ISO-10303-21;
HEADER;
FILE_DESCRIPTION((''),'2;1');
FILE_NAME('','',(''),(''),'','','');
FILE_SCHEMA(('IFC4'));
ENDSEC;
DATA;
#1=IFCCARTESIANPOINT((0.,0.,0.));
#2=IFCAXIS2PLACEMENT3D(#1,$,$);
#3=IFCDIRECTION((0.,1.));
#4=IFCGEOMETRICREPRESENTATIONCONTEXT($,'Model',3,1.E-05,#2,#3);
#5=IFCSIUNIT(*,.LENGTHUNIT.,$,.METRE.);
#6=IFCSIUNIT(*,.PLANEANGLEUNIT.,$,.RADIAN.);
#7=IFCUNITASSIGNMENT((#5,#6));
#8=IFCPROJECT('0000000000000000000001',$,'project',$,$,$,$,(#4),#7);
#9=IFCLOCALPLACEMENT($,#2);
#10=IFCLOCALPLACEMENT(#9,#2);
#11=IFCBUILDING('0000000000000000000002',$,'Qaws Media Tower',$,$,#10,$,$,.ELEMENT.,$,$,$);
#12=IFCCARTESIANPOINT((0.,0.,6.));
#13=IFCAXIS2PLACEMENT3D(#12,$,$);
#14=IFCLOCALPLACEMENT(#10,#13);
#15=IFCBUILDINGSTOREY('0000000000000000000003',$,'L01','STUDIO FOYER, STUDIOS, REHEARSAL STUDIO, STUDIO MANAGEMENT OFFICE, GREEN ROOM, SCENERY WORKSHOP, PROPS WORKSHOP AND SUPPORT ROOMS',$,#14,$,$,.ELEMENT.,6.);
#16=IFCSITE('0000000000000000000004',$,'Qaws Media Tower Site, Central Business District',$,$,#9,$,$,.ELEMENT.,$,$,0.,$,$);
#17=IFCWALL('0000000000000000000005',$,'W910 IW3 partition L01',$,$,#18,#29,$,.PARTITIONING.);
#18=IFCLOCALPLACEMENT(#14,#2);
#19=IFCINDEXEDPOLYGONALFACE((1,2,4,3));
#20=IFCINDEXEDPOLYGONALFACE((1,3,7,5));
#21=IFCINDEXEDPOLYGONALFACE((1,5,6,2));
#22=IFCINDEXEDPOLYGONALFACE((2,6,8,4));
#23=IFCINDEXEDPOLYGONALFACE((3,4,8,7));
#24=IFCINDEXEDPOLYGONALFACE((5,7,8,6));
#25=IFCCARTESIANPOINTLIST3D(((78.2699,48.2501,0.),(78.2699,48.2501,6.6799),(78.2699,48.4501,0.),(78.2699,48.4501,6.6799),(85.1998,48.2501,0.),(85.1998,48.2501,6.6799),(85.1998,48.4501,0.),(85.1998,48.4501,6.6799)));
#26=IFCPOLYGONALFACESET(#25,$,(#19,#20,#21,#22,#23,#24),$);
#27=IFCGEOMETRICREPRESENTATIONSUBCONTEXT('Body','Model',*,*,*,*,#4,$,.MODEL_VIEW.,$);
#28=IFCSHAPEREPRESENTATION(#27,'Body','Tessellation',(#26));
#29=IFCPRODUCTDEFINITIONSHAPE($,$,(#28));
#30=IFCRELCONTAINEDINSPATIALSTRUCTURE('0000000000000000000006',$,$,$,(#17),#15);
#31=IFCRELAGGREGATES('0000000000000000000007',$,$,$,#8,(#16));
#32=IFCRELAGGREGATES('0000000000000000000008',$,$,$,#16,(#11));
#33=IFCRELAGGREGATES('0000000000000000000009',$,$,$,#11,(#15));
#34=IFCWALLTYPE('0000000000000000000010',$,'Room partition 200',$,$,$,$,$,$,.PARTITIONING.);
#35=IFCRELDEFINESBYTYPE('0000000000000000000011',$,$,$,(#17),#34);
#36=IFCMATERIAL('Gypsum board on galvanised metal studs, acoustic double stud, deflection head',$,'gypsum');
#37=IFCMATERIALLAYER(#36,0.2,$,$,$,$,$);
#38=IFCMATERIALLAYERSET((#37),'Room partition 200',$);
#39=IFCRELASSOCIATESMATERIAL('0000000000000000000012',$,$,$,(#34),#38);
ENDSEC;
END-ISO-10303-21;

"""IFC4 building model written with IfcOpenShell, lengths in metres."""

from ifc_helpers import new_model, si_unit, direction, frame, frame_2d, origin, place, context, subcontext, project, spatial, rectangle, extrude, material, layer, layer_set, type_object, element, save


model = new_model("IFC4")

# Units and contexts
model_context = context("Model", 3, precision=1e-05, world=origin(), true_north=direction((0.0, 1.0)))
body_context = subcontext(model_context, "Body", "Model", "MODEL_VIEW")
ifc_project = project(units=[si_unit("LENGTHUNIT", "METRE"), si_unit("PLANEANGLEUNIT", "RADIAN")], contexts=[model_context])

# Site, building, storey
site_placement = place(None, origin())
site = spatial("IfcSite", under=ifc_project, at=site_placement, Name="Qaws Media Tower Site, Central Business District", CompositionType="ELEMENT", RefElevation=0.0)
building_placement = place(site_placement, origin())
building = spatial("IfcBuilding", under=site, at=building_placement, Name="Qaws Media Tower", CompositionType="ELEMENT")
storey_placement = place(building_placement, frame((0.0, 0.0, 6.0)))
storey = spatial("IfcBuildingStorey", under=building, at=storey_placement, Name="L01", Description="STUDIO FOYER, STUDIOS, REHEARSAL STUDIO, STUDIO MANAGEMENT OFFICE, GREEN ROOM, SCENERY WORKSHOP, PROPS WORKSHOP AND SUPPORT ROOMS", CompositionType="ELEMENT", Elevation=6.0)

# Shared definitions
ifc_material_1 = material(Name="Gypsum board on galvanised metal studs, acoustic double stud, deflection head", Category="gypsum")
ifc_layer = layer(ifc_material_1, 0.2)
ifc_layer_set = layer_set([ifc_layer], Name="Room partition 200")
wall_type = type_object("IfcWallType", Name="Room partition 200", PredefinedType="PARTITIONING", material=ifc_layer_set)

# Wall
for number, where, z_axis, x_axis, name in (
    (1, (78.27, 48.3501, 0.0), (0.0, 0.0, 1.0), (1.0, 0.0, 0.0), "W910 IW3 partition L01"),
):
    element("IfcWall", number, at=place(storey_placement, frame(where, z_axis=z_axis, x_axis=x_axis)), inside=storey, type_object=wall_type, Name=name, PredefinedType="PARTITIONING", context=body_context, shape_type="SweptSolid", body=[
        extrude(rectangle(XDim=6.9299, YDim=0.2, at=frame_2d((3.4648, 0.0))), origin(), (0.0, 0.0, 1.0), 6.6799),
    ])

save(model, "model.ifc")
